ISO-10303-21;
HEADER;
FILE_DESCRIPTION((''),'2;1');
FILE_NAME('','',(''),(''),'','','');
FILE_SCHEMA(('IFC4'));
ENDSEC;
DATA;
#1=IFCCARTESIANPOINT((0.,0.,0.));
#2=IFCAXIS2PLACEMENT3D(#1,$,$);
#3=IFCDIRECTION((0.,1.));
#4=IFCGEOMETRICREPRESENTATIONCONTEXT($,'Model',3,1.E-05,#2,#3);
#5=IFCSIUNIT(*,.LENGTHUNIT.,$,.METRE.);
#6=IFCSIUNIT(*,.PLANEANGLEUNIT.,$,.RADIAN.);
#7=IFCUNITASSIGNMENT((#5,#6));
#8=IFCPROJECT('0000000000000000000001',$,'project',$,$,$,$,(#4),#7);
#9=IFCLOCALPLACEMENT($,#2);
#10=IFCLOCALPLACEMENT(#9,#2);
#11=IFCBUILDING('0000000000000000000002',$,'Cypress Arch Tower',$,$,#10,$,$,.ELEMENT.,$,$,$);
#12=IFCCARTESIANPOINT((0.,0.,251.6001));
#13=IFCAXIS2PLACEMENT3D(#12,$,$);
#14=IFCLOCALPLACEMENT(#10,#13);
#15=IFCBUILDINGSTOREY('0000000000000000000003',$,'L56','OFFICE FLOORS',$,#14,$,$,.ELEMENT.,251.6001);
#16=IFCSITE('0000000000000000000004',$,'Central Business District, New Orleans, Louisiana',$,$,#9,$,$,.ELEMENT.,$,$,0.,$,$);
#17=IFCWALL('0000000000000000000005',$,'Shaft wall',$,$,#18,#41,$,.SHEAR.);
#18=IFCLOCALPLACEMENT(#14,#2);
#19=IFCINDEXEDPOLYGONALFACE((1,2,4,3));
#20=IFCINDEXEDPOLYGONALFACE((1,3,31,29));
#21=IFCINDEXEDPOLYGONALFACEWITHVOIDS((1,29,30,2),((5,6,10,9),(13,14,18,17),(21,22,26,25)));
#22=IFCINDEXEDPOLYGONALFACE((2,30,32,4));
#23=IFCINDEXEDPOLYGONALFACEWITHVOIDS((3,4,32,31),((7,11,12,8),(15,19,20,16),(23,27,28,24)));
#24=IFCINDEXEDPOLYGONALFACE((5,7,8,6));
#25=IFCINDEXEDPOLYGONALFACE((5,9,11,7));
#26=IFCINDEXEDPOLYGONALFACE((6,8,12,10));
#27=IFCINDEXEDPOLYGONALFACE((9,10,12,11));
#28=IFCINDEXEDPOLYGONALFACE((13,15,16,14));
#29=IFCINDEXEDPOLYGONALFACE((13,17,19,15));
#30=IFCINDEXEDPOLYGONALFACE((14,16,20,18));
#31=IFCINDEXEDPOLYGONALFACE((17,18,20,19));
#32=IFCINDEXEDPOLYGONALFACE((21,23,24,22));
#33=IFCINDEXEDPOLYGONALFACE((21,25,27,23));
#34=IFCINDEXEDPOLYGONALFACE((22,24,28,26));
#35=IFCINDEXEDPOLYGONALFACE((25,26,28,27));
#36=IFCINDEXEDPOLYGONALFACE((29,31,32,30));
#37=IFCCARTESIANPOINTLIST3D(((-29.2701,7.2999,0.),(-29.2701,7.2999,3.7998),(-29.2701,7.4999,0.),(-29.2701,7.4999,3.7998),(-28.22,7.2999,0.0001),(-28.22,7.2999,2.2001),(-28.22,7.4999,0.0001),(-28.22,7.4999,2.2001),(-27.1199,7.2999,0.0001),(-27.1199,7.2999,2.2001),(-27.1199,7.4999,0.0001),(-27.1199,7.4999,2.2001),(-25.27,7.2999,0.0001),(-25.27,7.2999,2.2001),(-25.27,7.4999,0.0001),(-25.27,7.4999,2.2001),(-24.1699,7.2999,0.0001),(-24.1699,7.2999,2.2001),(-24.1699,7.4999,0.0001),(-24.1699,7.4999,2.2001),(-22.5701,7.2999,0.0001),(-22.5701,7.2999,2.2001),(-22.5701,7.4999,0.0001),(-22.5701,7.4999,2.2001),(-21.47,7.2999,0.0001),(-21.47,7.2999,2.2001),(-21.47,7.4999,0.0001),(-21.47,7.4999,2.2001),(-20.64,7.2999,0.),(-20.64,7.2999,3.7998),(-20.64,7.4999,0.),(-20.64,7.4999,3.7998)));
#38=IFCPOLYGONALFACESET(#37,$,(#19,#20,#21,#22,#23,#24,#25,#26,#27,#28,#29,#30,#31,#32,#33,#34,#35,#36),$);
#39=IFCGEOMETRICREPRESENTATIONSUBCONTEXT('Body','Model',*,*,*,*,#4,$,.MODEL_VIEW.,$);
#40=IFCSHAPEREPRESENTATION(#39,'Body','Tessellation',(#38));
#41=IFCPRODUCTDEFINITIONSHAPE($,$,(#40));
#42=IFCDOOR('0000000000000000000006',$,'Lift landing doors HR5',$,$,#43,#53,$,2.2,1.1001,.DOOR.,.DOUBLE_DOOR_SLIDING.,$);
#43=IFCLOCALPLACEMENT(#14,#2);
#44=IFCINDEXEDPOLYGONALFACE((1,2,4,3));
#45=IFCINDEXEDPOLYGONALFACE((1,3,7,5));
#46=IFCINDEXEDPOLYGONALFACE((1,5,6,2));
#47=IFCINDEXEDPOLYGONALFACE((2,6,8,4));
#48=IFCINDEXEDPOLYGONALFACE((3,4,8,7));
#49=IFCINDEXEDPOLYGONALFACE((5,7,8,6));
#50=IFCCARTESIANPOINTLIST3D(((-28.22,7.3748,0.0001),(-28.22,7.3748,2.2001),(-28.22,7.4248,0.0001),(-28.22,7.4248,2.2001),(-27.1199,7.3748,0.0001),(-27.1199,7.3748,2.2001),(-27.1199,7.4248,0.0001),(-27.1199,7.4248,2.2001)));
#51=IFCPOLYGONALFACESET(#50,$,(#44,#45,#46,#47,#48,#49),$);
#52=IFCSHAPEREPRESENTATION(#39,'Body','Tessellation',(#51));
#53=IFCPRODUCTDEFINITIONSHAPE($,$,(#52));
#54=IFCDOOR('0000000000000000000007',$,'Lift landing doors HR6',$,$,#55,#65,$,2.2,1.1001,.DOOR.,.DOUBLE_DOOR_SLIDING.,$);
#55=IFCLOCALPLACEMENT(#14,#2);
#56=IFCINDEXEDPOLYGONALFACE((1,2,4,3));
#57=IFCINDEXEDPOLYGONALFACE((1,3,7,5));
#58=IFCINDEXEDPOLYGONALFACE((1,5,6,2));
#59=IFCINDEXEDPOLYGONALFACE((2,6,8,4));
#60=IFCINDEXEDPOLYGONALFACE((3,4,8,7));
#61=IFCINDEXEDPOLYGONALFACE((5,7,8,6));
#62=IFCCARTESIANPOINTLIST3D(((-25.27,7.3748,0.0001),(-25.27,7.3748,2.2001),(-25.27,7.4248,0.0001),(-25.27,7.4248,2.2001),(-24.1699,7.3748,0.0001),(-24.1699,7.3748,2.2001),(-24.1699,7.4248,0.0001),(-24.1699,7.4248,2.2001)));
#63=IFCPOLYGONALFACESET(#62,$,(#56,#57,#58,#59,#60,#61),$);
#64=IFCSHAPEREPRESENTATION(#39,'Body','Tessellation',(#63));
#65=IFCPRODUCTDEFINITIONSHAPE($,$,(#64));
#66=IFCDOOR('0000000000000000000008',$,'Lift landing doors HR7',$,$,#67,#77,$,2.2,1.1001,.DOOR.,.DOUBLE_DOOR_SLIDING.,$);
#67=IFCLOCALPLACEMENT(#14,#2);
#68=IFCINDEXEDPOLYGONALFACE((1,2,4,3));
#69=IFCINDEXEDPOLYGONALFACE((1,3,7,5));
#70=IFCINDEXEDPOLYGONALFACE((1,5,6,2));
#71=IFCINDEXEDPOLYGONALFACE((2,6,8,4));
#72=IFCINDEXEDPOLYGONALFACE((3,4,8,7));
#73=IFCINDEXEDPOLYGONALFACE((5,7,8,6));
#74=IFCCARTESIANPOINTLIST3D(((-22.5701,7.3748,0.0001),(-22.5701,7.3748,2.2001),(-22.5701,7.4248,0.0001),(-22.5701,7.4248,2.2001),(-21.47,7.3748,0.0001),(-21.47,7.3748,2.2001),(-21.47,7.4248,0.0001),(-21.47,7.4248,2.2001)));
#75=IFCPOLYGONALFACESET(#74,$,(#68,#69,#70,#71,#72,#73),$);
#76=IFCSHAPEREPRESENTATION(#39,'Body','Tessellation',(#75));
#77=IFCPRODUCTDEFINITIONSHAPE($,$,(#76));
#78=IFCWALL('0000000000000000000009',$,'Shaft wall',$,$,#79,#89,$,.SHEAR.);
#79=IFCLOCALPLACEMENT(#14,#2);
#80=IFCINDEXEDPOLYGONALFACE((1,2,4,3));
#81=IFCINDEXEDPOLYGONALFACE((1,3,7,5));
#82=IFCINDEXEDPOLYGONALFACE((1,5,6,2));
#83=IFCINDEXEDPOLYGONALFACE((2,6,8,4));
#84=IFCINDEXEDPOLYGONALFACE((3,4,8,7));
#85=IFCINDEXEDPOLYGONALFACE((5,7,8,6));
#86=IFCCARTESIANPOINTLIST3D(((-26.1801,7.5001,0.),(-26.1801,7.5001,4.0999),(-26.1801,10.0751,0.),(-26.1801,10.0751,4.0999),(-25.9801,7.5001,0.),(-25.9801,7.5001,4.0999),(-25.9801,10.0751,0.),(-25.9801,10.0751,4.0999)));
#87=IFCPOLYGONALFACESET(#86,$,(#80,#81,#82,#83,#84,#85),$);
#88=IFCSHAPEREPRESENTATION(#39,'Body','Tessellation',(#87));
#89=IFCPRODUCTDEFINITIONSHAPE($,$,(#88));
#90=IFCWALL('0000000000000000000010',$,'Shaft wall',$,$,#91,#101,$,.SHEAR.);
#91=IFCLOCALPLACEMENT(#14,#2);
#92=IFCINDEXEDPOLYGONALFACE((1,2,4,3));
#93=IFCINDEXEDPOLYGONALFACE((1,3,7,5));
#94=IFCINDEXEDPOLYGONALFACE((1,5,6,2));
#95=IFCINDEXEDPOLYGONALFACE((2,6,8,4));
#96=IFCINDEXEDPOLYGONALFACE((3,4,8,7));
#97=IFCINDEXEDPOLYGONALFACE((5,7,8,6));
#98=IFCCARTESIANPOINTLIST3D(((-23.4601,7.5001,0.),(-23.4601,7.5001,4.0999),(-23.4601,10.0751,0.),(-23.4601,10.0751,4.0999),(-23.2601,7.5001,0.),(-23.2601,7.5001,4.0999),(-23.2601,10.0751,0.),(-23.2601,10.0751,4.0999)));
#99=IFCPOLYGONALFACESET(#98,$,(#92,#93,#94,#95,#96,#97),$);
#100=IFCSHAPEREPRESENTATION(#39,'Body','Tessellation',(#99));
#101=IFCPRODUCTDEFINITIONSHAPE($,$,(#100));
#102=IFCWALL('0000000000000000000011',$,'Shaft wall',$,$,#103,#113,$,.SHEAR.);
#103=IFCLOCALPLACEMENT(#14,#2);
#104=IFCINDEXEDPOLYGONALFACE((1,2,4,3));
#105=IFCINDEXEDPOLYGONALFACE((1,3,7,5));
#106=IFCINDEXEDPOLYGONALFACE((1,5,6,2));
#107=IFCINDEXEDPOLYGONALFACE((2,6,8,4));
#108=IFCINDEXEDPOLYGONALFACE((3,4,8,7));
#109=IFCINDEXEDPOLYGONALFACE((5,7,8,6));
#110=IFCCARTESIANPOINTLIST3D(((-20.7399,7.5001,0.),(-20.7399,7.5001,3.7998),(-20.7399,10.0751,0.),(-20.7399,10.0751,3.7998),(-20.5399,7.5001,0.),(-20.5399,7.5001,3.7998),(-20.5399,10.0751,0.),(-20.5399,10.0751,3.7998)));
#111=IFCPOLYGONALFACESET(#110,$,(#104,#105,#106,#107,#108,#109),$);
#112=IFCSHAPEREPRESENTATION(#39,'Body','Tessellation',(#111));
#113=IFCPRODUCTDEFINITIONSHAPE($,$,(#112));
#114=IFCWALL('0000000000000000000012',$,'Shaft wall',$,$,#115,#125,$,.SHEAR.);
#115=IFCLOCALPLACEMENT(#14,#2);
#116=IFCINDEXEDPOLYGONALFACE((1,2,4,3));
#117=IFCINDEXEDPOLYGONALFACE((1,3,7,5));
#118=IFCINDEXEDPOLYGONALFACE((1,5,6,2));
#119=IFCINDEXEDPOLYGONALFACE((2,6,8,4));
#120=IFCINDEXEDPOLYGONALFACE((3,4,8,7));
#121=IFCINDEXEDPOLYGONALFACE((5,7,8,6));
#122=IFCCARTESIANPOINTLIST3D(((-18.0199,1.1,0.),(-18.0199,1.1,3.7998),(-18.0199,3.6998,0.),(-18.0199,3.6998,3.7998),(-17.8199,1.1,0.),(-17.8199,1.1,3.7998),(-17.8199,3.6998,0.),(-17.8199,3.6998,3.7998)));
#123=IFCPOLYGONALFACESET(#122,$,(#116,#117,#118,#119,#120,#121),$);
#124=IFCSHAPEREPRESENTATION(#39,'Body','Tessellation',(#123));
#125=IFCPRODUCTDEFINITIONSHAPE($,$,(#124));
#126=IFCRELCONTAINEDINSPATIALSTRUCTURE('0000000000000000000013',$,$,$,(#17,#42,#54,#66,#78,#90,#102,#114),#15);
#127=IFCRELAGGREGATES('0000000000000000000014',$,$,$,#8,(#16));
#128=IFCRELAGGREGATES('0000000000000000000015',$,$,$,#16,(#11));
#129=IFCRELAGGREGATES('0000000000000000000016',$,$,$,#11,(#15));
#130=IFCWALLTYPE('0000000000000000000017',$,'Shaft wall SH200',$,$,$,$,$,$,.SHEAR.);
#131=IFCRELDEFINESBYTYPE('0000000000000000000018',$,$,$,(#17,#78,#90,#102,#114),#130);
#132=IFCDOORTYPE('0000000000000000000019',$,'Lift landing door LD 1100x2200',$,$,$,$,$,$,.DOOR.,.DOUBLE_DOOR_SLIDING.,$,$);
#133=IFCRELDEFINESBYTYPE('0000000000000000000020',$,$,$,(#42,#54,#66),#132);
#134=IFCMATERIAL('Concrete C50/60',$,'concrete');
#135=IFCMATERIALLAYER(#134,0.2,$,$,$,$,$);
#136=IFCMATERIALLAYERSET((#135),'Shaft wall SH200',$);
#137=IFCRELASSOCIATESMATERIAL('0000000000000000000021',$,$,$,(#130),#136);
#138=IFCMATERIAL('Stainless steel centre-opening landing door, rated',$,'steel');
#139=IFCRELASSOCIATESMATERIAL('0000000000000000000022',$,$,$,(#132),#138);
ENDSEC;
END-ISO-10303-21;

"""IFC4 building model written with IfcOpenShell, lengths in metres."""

from ifc_helpers import new_model, si_unit, direction, frame, frame_2d, origin, place, context, subcontext, project, spatial, rectangle, extrude, material, layer, layer_set, type_object, element, fill, save


model = new_model("IFC4")

# Units and contexts
model_context = context("Model", 3, precision=1e-05, world=origin(), true_north=direction((0.0, 1.0)))
body_context = subcontext(model_context, "Body", "Model", "MODEL_VIEW")
ifc_project = project(units=[si_unit("LENGTHUNIT", "METRE"), si_unit("PLANEANGLEUNIT", "RADIAN")], contexts=[model_context])

# Site, building, storey
site_placement = place(None, origin())
site = spatial("IfcSite", under=ifc_project, at=site_placement, Name="Central Business District, New Orleans, Louisiana", CompositionType="ELEMENT", RefElevation=0.0)
building_placement = place(site_placement, origin())
building = spatial("IfcBuilding", under=site, at=building_placement, Name="Cypress Arch Tower", CompositionType="ELEMENT")
storey_placement = place(building_placement, frame((0.0, 0.0, 251.6001)))
storey = spatial("IfcBuildingStorey", under=building, at=storey_placement, Name="L56", Description="OFFICE FLOORS", CompositionType="ELEMENT", Elevation=251.6001)

# Wall, openings, doors
ifc_material_1 = material(Name="Concrete C50/60", Category="concrete")
ifc_layer_1 = layer(ifc_material_1, 0.2)
ifc_layer_set_1 = layer_set([ifc_layer_1], Name="Shaft wall SH200")
wall_type_1 = type_object("IfcWallType", Name="Shaft wall SH200", PredefinedType="SHEAR", material=ifc_layer_set_1)
wall_1_placement = place(storey_placement, frame((-29.27, 7.3999, 0.0), z_axis=(0.0, 0.0, 1.0), x_axis=(1.0, 0.0, 0.0)))
wall_1 = element("IfcWall", 1, at=wall_1_placement, inside=storey, type_object=wall_type_1, Name="Shaft wall", PredefinedType="SHEAR", context=body_context, shape_type="SweptSolid", body=[
    extrude(rectangle(XDim=8.6301, YDim=0.2, at=frame_2d((4.3149, 0.0))), origin(), (0.0, 0.0, 1.0), 3.7998),
])
opening_1_placement = place(wall_1_placement, frame((1.05, 0.0, 0.0)))
opening_1 = element("IfcOpeningElement", 2, at=opening_1_placement, cuts=wall_1, PredefinedType="OPENING", context=body_context, shape_type="SweptSolid", body=[
    extrude(rectangle(XDim=1.1001, YDim=2.2, at=frame_2d((0.55, 1.1001))), frame((0.0, 0.1099, 0.0), z_axis=(0.0, -1.0, 0.0), x_axis=(1.0, 0.0, 0.0)), (0.0, 0.0, 1.0), 0.22),
])
opening_2_placement = place(wall_1_placement, frame((4.0, 0.0, 0.0)))
opening_2 = element("IfcOpeningElement", 3, at=opening_2_placement, cuts=wall_1, PredefinedType="OPENING", context=body_context, shape_type="SweptSolid", body=[
    extrude(rectangle(XDim=1.1001, YDim=2.2, at=frame_2d((0.55, 1.1001))), frame((0.0, 0.1099, 0.0), z_axis=(0.0, -1.0, 0.0), x_axis=(1.0, 0.0, 0.0)), (0.0, 0.0, 1.0), 0.22),
])
opening_3_placement = place(wall_1_placement, frame((6.7, 0.0, 0.0)))
opening_3 = element("IfcOpeningElement", 4, at=opening_3_placement, cuts=wall_1, PredefinedType="OPENING", context=body_context, shape_type="SweptSolid", body=[
    extrude(rectangle(XDim=1.1001, YDim=2.2, at=frame_2d((0.55, 1.1001))), frame((0.0, 0.1099, 0.0), z_axis=(0.0, -1.0, 0.0), x_axis=(1.0, 0.0, 0.0)), (0.0, 0.0, 1.0), 0.22),
])
ifc_material_2 = material(Name="Stainless steel centre-opening landing door, rated", Category="steel")
door_type_1 = type_object("IfcDoorType", Name="Lift landing door LD 1100x2200", OperationType="DOUBLE_DOOR_SLIDING", PredefinedType="DOOR", material=ifc_material_2)
door_1_placement = place(opening_1_placement, origin())
door_1 = element("IfcDoor", 5, at=door_1_placement, inside=storey, type_object=door_type_1, Name="Lift landing doors HR5", OperationType="DOUBLE_DOOR_SLIDING", OverallHeight=2.2, OverallWidth=1.1001, PredefinedType="DOOR", context=body_context, shape_type="SweptSolid", body=[
    extrude(rectangle(XDim=1.1001, YDim=2.2, at=frame_2d((0.55, 1.1001))), frame((0.0, 0.0249, 0.0), z_axis=(0.0, -1.0, 0.0), x_axis=(1.0, 0.0, 0.0)), (0.0, 0.0, 1.0), 0.05),
])
fill(opening_1, door_1)
door_2_placement = place(opening_2_placement, origin())
door_2 = element("IfcDoor", 6, at=door_2_placement, inside=storey, type_object=door_type_1, Name="Lift landing doors HR6", OperationType="DOUBLE_DOOR_SLIDING", OverallHeight=2.2, OverallWidth=1.1001, PredefinedType="DOOR", context=body_context, shape_type="SweptSolid", body=[
    extrude(rectangle(XDim=1.1001, YDim=2.2, at=frame_2d((0.55, 1.1001))), frame((0.0, 0.0249, 0.0), z_axis=(0.0, -1.0, 0.0), x_axis=(1.0, 0.0, 0.0)), (0.0, 0.0, 1.0), 0.05),
])
fill(opening_2, door_2)
door_3_placement = place(opening_3_placement, origin())
door_3 = element("IfcDoor", 7, at=door_3_placement, inside=storey, type_object=door_type_1, Name="Lift landing doors HR7", OperationType="DOUBLE_DOOR_SLIDING", OverallHeight=2.2, OverallWidth=1.1001, PredefinedType="DOOR", context=body_context, shape_type="SweptSolid", body=[
    extrude(rectangle(XDim=1.1001, YDim=2.2, at=frame_2d((0.55, 1.1001))), frame((0.0, 0.0249, 0.0), z_axis=(0.0, -1.0, 0.0), x_axis=(1.0, 0.0, 0.0)), (0.0, 0.0, 1.0), 0.05),
])
fill(opening_3, door_3)

# Walls
for number, where, z_axis, x_axis, name in (
    (8, (-26.0801, 7.5, 0.0), (0.0, 0.0, 1.0), (0.0, 1.0, 0.0), "Shaft wall"),
    (9, (-23.3601, 7.5, 0.0), (0.0, 0.0, 1.0), (0.0, 1.0, 0.0), "Shaft wall"),
):
    element("IfcWall", number, at=place(storey_placement, frame(where, z_axis=z_axis, x_axis=x_axis)), inside=storey, type_object=wall_type_1, Name=name, PredefinedType="SHEAR", context=body_context, shape_type="SweptSolid", body=[
        extrude(rectangle(XDim=2.575, YDim=0.2, at=frame_2d((1.2876, 0.0))), origin(), (0.0, 0.0, 1.0), 4.0999),
    ])
wall_2_placement = place(storey_placement, frame((-20.6399, 7.5, 0.0), z_axis=(0.0, 0.0, 1.0), x_axis=(0.0, 1.0, 0.0)))
element("IfcWall", 10, at=wall_2_placement, inside=storey, type_object=wall_type_1, Name="Shaft wall", PredefinedType="SHEAR", context=body_context, shape_type="SweptSolid", body=[
    extrude(rectangle(XDim=2.575, YDim=0.2, at=frame_2d((1.2876, 0.0))), origin(), (0.0, 0.0, 1.0), 3.7998),
])
wall_3_placement = place(storey_placement, frame((-17.9199, 1.1001, 0.0), z_axis=(0.0, 0.0, 1.0), x_axis=(0.0, 1.0, 0.0)))
element("IfcWall", 11, at=wall_3_placement, inside=storey, type_object=wall_type_1, Name="Shaft wall", PredefinedType="SHEAR", context=body_context, shape_type="SweptSolid", body=[
    extrude(rectangle(XDim=2.5999, YDim=0.2, at=frame_2d((1.2998, 0.0))), origin(), (0.0, 0.0, 1.0), 3.7998),
])

save(model, "model.ifc")
